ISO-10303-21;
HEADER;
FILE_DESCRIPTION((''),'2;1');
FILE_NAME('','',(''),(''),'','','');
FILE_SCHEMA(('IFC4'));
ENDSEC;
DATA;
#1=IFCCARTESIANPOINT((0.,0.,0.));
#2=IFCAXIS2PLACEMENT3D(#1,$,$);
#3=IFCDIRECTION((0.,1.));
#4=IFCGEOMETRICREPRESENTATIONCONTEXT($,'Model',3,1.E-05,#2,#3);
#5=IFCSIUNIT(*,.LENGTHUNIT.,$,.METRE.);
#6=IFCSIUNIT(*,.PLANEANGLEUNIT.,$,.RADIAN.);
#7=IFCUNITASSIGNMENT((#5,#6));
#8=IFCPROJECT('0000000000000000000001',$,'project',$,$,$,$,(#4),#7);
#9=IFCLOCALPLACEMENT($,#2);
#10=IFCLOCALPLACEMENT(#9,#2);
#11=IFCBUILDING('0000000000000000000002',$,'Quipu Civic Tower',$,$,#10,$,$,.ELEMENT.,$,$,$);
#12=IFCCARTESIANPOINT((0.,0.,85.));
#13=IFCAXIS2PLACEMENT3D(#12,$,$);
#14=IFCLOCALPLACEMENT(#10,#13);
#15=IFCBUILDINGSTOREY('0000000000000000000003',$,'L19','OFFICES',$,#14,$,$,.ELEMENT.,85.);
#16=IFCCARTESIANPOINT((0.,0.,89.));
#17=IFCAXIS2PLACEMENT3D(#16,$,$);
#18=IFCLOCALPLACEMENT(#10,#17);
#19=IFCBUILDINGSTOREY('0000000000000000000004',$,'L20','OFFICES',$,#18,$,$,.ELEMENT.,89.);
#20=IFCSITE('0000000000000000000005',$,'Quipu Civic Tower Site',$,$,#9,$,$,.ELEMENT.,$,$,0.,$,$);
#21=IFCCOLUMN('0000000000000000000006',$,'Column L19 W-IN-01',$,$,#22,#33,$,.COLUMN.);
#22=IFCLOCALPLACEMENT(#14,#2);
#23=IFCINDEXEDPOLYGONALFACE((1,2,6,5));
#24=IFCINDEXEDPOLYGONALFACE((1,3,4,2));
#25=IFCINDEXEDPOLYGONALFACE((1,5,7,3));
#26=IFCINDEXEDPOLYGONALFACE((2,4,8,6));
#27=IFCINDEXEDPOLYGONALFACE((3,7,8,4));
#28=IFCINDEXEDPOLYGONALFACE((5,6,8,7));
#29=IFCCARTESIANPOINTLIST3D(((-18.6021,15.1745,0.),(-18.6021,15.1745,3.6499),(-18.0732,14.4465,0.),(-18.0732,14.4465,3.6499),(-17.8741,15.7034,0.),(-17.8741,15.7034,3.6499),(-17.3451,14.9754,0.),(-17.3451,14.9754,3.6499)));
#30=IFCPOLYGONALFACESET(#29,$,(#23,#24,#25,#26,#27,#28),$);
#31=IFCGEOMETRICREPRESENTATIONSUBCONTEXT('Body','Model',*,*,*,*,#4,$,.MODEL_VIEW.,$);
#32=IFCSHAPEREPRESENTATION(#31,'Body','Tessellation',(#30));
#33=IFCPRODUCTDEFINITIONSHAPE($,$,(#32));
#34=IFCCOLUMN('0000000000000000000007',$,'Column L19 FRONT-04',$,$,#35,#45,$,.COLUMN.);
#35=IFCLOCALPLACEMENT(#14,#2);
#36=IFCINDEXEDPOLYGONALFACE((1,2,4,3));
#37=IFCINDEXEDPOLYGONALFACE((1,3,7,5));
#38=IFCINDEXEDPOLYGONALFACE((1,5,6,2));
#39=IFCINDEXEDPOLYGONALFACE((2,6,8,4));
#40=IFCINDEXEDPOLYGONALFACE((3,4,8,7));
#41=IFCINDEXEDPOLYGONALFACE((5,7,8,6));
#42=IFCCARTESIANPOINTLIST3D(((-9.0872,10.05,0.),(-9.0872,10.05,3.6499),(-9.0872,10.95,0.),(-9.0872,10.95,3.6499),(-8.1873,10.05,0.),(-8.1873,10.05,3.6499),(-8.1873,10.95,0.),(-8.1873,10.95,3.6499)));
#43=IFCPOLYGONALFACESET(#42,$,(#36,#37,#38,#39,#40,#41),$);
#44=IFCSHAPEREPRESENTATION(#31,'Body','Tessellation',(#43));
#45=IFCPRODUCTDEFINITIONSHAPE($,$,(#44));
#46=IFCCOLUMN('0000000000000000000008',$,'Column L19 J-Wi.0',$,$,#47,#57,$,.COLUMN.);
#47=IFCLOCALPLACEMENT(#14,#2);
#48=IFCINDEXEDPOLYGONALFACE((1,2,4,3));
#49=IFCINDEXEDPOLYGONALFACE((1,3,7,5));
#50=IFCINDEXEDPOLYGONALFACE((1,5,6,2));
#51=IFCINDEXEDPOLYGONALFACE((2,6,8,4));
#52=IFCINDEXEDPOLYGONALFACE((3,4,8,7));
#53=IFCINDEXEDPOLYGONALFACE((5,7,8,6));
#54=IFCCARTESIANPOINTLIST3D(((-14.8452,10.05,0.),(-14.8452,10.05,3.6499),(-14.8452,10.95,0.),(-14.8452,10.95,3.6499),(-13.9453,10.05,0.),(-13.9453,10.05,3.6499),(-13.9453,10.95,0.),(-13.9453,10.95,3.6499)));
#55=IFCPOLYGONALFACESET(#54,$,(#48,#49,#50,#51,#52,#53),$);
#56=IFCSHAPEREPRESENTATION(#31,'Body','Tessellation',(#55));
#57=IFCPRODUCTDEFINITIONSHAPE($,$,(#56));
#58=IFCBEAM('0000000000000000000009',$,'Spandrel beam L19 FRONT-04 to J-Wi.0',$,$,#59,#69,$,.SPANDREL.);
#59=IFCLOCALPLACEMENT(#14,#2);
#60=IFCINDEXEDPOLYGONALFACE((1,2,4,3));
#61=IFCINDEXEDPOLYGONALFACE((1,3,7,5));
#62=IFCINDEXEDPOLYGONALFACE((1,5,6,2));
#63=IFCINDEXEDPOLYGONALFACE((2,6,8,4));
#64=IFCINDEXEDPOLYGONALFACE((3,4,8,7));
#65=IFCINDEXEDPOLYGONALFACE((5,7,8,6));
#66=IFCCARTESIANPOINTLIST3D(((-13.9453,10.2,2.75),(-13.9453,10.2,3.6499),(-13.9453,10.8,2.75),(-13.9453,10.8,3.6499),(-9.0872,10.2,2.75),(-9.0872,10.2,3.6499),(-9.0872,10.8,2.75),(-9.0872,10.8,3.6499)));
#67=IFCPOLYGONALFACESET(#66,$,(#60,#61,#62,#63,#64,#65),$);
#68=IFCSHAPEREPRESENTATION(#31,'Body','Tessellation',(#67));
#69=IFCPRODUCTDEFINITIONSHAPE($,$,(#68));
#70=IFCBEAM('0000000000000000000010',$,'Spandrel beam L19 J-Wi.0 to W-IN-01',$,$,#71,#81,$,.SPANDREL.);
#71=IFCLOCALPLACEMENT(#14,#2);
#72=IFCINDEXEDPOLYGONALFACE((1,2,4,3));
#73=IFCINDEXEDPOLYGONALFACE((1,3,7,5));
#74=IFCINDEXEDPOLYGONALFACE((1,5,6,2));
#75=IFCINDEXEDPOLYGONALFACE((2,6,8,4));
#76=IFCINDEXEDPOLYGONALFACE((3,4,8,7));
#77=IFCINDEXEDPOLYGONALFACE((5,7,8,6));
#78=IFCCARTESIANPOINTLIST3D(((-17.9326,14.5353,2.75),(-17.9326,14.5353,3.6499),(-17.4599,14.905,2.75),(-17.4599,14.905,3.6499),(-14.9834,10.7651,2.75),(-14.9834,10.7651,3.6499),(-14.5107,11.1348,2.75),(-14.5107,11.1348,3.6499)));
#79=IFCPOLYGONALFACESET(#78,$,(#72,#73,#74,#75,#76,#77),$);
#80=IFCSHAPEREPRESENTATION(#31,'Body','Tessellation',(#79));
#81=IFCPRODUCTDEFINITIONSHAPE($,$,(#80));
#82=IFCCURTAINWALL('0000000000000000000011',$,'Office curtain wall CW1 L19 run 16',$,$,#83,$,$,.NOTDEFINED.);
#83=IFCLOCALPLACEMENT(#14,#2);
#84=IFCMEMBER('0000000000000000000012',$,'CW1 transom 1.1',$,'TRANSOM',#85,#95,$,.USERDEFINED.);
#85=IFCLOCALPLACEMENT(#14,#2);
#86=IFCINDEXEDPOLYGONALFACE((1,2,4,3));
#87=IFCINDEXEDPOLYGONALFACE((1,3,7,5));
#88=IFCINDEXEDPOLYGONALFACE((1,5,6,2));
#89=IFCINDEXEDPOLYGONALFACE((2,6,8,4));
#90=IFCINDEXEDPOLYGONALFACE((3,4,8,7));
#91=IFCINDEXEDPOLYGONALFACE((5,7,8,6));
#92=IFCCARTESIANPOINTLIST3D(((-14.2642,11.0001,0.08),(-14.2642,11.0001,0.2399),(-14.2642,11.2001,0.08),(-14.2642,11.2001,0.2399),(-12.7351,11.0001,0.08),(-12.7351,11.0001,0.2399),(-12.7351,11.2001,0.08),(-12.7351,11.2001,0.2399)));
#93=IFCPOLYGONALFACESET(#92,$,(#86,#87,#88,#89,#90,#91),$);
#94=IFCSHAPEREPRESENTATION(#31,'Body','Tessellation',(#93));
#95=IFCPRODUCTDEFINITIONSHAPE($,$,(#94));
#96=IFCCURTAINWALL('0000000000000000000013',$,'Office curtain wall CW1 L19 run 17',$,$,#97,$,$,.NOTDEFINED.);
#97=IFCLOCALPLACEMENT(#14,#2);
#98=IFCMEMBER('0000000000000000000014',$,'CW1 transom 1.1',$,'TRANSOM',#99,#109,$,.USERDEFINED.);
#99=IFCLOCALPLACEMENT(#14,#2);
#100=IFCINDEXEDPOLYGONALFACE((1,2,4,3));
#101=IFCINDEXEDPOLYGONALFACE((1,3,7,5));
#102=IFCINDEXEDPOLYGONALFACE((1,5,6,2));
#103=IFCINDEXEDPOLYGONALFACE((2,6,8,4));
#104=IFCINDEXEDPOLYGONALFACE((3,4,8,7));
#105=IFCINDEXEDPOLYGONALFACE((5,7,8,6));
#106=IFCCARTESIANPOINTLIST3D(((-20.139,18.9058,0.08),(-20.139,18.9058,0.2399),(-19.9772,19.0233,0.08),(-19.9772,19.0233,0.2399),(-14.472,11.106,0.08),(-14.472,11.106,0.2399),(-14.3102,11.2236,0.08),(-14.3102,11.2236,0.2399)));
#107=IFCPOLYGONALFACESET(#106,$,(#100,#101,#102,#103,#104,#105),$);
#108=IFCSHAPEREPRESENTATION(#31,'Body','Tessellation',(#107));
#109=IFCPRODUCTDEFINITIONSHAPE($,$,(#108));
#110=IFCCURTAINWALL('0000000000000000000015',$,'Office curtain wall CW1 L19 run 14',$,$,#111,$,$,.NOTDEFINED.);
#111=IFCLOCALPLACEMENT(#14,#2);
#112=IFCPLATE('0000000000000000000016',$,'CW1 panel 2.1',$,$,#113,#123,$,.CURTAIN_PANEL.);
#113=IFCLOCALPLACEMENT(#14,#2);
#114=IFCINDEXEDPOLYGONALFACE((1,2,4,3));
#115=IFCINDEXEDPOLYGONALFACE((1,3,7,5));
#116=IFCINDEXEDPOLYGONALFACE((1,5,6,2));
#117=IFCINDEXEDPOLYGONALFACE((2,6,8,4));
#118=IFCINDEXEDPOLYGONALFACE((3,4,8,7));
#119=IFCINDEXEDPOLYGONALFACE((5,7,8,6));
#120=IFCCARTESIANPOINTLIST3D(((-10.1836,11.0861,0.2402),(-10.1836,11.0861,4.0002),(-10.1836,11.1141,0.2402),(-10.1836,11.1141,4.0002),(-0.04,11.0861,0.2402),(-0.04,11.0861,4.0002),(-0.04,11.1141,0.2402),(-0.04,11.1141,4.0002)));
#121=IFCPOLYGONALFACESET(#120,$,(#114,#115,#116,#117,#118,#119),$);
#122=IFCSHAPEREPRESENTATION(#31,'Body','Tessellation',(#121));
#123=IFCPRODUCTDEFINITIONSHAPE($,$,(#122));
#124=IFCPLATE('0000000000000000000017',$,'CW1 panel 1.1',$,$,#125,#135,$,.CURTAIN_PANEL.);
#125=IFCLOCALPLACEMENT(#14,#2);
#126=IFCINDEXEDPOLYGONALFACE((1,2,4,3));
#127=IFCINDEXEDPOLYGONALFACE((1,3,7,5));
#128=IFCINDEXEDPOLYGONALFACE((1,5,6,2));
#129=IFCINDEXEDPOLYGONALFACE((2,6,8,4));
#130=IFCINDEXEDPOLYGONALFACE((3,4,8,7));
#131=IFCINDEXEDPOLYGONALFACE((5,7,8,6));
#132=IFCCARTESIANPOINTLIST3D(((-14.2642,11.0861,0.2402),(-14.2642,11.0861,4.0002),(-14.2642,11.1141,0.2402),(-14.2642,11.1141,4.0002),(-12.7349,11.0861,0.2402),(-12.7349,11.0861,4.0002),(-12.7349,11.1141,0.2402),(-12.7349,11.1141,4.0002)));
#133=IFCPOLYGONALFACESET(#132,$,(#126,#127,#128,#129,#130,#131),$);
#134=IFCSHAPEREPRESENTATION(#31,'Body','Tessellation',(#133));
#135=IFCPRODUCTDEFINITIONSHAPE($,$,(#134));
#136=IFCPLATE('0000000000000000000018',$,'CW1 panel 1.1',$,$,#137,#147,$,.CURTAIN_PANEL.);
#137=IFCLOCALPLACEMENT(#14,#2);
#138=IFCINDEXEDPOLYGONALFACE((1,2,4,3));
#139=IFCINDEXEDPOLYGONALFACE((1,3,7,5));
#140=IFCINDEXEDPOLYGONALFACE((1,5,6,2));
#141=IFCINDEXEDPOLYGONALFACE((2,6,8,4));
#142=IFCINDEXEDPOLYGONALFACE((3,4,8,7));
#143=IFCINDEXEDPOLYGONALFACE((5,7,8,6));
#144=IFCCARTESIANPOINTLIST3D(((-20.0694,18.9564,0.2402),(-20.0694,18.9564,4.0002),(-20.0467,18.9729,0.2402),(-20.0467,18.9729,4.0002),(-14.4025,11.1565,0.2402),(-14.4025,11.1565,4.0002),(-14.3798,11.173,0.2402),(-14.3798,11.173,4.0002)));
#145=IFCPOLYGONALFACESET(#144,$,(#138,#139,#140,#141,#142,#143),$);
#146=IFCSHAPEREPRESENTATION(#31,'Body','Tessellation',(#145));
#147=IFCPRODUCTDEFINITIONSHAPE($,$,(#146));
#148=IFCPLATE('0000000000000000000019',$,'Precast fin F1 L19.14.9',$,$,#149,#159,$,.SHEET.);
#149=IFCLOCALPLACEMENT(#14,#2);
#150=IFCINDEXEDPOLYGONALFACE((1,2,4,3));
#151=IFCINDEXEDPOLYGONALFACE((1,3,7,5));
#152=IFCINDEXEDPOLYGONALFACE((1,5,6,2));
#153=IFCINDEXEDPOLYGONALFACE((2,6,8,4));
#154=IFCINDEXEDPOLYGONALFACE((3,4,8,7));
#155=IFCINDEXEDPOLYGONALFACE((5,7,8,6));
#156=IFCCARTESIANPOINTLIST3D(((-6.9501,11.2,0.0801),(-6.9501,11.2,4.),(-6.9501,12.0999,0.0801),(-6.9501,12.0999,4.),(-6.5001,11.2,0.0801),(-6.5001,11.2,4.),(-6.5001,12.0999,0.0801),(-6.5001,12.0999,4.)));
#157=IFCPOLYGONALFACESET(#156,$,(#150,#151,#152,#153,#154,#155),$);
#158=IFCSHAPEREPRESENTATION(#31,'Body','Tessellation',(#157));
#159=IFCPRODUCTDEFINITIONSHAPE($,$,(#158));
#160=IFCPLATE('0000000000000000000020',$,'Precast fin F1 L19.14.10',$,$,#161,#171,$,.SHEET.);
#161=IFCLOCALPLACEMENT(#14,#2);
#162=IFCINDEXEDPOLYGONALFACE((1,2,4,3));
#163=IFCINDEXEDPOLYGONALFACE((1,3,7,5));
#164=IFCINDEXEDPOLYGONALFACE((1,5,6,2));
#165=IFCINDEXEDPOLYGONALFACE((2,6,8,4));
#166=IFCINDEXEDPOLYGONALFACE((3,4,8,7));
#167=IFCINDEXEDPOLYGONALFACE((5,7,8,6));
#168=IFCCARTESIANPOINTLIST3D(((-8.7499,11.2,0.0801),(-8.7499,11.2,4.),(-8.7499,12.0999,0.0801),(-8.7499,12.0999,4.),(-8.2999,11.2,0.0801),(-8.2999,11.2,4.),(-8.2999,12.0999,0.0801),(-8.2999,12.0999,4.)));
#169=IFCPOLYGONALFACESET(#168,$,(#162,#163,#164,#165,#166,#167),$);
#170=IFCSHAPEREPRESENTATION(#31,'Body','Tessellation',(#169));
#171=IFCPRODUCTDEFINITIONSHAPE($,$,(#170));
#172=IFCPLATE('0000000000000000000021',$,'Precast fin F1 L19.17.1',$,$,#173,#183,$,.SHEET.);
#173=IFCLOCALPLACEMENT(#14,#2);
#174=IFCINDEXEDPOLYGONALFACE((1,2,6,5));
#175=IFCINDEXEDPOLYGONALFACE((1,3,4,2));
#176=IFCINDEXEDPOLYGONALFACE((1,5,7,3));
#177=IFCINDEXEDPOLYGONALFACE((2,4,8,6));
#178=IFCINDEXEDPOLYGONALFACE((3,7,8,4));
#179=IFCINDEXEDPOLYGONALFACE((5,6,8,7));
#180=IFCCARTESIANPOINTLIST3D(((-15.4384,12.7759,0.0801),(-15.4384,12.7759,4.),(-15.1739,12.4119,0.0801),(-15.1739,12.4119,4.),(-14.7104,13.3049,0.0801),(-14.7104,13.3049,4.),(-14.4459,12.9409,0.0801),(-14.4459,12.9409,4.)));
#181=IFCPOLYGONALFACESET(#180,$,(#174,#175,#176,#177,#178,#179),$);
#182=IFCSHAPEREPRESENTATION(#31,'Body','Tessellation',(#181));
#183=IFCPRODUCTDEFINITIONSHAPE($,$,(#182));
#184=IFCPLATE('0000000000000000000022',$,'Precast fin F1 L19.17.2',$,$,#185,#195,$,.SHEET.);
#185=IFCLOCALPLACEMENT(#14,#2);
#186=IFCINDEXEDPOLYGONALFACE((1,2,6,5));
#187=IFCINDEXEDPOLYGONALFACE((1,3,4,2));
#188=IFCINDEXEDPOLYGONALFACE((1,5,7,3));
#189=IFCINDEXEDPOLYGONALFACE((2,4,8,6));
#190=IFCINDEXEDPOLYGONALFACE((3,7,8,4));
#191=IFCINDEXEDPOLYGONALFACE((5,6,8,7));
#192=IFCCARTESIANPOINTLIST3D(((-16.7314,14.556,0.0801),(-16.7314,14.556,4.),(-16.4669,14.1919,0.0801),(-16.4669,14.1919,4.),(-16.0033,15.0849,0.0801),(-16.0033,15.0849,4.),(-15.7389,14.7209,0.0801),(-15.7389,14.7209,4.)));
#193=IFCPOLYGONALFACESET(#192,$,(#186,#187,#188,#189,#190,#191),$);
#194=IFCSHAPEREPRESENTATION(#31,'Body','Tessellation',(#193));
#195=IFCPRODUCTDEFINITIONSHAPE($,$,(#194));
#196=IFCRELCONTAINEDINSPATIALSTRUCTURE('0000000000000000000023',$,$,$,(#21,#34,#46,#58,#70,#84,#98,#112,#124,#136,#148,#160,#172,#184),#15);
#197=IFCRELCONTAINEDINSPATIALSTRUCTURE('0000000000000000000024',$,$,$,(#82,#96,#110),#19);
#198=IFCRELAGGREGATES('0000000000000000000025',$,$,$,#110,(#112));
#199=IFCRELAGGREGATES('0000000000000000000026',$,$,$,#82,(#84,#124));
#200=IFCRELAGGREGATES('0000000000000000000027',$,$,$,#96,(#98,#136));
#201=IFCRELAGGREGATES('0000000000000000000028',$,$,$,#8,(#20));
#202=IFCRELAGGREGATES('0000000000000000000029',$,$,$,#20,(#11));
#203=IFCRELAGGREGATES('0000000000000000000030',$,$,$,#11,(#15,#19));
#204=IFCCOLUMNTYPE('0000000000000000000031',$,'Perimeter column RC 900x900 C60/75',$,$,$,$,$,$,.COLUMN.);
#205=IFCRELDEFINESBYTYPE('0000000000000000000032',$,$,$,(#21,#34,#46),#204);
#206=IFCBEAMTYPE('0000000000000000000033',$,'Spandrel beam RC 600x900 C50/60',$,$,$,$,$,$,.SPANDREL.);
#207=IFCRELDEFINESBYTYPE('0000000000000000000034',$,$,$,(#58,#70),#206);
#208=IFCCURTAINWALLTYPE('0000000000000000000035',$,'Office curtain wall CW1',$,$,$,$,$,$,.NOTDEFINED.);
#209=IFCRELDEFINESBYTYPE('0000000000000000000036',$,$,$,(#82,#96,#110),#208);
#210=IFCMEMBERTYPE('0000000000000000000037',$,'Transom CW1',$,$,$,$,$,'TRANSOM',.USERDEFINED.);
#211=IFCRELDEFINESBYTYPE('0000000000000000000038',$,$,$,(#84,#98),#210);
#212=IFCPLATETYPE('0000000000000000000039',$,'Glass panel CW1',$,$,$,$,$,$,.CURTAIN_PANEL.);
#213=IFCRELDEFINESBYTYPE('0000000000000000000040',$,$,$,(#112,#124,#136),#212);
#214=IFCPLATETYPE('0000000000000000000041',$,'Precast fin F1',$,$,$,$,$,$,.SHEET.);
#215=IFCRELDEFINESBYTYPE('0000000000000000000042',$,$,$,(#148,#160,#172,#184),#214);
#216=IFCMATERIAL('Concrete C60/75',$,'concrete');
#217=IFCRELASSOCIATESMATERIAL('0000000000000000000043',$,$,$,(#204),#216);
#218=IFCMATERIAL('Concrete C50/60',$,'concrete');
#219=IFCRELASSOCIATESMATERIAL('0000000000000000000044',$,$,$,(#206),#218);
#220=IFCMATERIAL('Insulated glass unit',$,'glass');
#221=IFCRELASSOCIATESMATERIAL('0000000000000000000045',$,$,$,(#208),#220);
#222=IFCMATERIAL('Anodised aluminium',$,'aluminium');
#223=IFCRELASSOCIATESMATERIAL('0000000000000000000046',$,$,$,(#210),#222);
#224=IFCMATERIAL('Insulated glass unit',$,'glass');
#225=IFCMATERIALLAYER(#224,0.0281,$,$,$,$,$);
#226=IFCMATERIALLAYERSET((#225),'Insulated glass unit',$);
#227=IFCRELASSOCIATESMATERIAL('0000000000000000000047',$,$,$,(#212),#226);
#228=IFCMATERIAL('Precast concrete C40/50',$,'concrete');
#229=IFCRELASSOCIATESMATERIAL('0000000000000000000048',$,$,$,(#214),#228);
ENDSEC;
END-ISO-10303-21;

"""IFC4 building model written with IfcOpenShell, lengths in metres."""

from ifc_helpers import new_model, si_unit, direction, frame, origin, origin_2d, place, context, subcontext, project, spatial, rectangle, extrude, material, layer, layer_set, material_profile, profile_set, type_object, element, aggregate, save


model = new_model("IFC4")

# Units and contexts
model_context = context("Model", 3, precision=1e-05, world=origin(), true_north=direction((0.0, 1.0)))
body_context = subcontext(model_context, "Body", "Model", "MODEL_VIEW")
ifc_project = project(units=[si_unit("LENGTHUNIT", "METRE"), si_unit("PLANEANGLEUNIT", "RADIAN")], contexts=[model_context])

# Site, building, storey
site_placement = place(None, origin())
site = spatial("IfcSite", under=ifc_project, at=site_placement, Name="Quipu Civic Tower Site", CompositionType="ELEMENT", RefElevation=0.0)
building_placement = place(site_placement, origin())
building = spatial("IfcBuilding", under=site, at=building_placement, Name="Quipu Civic Tower", CompositionType="ELEMENT")
storey_1_placement = place(building_placement, frame((0.0, 0.0, 85.0)))
storey_1 = spatial("IfcBuildingStorey", under=building, at=storey_1_placement, Name="L19", Description="OFFICES", CompositionType="ELEMENT", Elevation=85.0)

# Columns
ifc_material_1 = material(Name="Concrete C60/75", Category="concrete")
ifc_material_profile_1 = material_profile(ifc_material_1, rectangle(XDim=0.8999, YDim=0.8999, at=origin_2d()), Name="RC900x900")
ifc_profile_set_1 = profile_set([ifc_material_profile_1], Name="Concrete C60/75")
column_type = type_object("IfcColumnType", Name="Perimeter column RC 900x900 C60/75", PredefinedType="COLUMN", material=ifc_profile_set_1)
for number, where, z_axis, x_axis, name in (
    (1, (-17.9736, 15.075, 0.0), (0.0, 0.0, 1.0), (-0.587785, 0.809017, 0.0), "Column L19 W-IN-01"),
    (2, (-8.6372, 10.5, 0.0), (0.0, 0.0, 1.0), (-1.0, 0.0, 0.0), "Column L19 FRONT-04"),
    (3, (-14.3953, 10.5, 0.0), (0.0, 0.0, 1.0), (-1.0, 0.0, 0.0), "Column L19 J-Wi.0"),
):
    element("IfcColumn", number, at=place(storey_1_placement, frame(where, z_axis=z_axis, x_axis=x_axis)), inside=storey_1, type_object=column_type, Name=name, PredefinedType="COLUMN", context=body_context, shape_type="SweptSolid", body=[
        extrude(rectangle(XDim=0.8999, YDim=0.8999, at=origin_2d()), origin(), (0.0, 0.0, 1.0), 3.6499),
    ])

# Beams
ifc_material_2 = material(Name="Concrete C50/60", Category="concrete")
ifc_material_profile_2 = material_profile(ifc_material_2, rectangle(XDim=0.6001, YDim=0.8999, at=origin_2d()), Name="RC600x900")
ifc_profile_set_2 = profile_set([ifc_material_profile_2], Name="Concrete C50/60")
beam_type = type_object("IfcBeamType", Name="Spandrel beam RC 600x900 C50/60", PredefinedType="SPANDREL", material=ifc_profile_set_2)
beam_1_placement = place(storey_1_placement, frame((-9.0872, 10.5, 3.2), z_axis=(-1.0, 0.0, 0.0), x_axis=(0.0, -1.0, 0.0)))
element("IfcBeam", 4, at=beam_1_placement, inside=storey_1, type_object=beam_type, Name="Spandrel beam L19 FRONT-04 to J-Wi.0", PredefinedType="SPANDREL", context=body_context, shape_type="SweptSolid", body=[
    extrude(rectangle(XDim=0.6001, YDim=0.8999, at=origin_2d()), origin(), (0.0, 0.0, 1.0), 4.8582),
])
beam_2_placement = place(storey_1_placement, frame((-14.7471, 10.95, 3.2), z_axis=(-0.616124, 0.787649, 0.0), x_axis=(-0.787649, -0.616124, 0.0)))
element("IfcBeam", 5, at=beam_2_placement, inside=storey_1, type_object=beam_type, Name="Spandrel beam L19 J-Wi.0 to W-IN-01", PredefinedType="SPANDREL", context=body_context, shape_type="SweptSolid", body=[
    extrude(rectangle(XDim=0.6001, YDim=0.8999, at=origin_2d()), origin(), (0.0, 0.0, 1.0), 4.7866),
])

# Shared definitions
storey_2_placement = place(building_placement, frame((0.0, 0.0, 89.0)))
storey_2 = spatial("IfcBuildingStorey", under=building, at=storey_2_placement, Name="L20", Description="OFFICES", CompositionType="ELEMENT", Elevation=89.0)

# Curtain walls, members
ifc_material_3 = material(Name="Insulated glass unit", Category="glass")
curtain_wall_type = type_object("IfcCurtainWallType", Name="Office curtain wall CW1", PredefinedType="NOTDEFINED", material=ifc_material_3)
curtain_wall_1_placement = place(storey_2_placement, origin())
curtain_wall_1 = element("IfcCurtainWall", 6, at=curtain_wall_1_placement, inside=storey_2, type_object=curtain_wall_type, Name="Office curtain wall CW1 L19 run 16", PredefinedType="NOTDEFINED")
ifc_material_4 = material(Name="Anodised aluminium", Category="aluminium")
ifc_material_profile_3 = material_profile(ifc_material_4, rectangle(XDim=0.2, YDim=0.1599, at=origin_2d()), Name="RECT 200x160")
ifc_profile_set_3 = profile_set([ifc_material_profile_3], Name="Anodised aluminium")
member_type = type_object("IfcMemberType", Name="Transom CW1", ElementType="TRANSOM", PredefinedType="USERDEFINED", material=ifc_profile_set_3)
member_1_placement = place(storey_1_placement, frame((-12.7351, 11.1001, 0.1599), z_axis=(-1.0, 0.0, 0.0), x_axis=(0.0, -1.0, 0.0)))
member_1 = element("IfcMember", 7, at=member_1_placement, inside=storey_1, type_object=member_type, Name="CW1 transom 1.1", ObjectType="TRANSOM", PredefinedType="USERDEFINED", context=body_context, shape_type="SweptSolid", body=[
    extrude(rectangle(XDim=0.2, YDim=0.1599, at=origin_2d()), origin(), (0.0, 0.0, 1.0), 1.5291),
])
curtain_wall_2_placement = place(storey_2_placement, origin())
curtain_wall_2 = element("IfcCurtainWall", 8, at=curtain_wall_2_placement, inside=storey_2, type_object=curtain_wall_type, Name="Office curtain wall CW1 L19 run 17", PredefinedType="NOTDEFINED")
member_2_placement = place(storey_1_placement, frame((-14.3911, 11.1648, 0.1599), z_axis=(-0.587792, 0.809012, 0.0), x_axis=(-0.809012, -0.587792, 0.0)))
member_2 = element("IfcMember", 9, at=member_2_placement, inside=storey_1, type_object=member_type, Name="CW1 transom 1.1", ObjectType="TRANSOM", PredefinedType="USERDEFINED", context=body_context, shape_type="SweptSolid", body=[
    extrude(rectangle(XDim=0.2, YDim=0.1599, at=origin_2d()), origin(), (0.0, 0.0, 1.0), 9.6411),
])

# Curtain wall, plate
curtain_wall_3_placement = place(storey_2_placement, origin())
curtain_wall_3 = element("IfcCurtainWall", 10, at=curtain_wall_3_placement, inside=storey_2, type_object=curtain_wall_type, Name="Office curtain wall CW1 L19 run 14", PredefinedType="NOTDEFINED")
ifc_material_5 = material(Name="Insulated glass unit", Category="glass")
ifc_layer_1 = layer(ifc_material_5, 0.0281)
ifc_layer_set_1 = layer_set([ifc_layer_1], Name="Insulated glass unit")
plate_type_1 = type_object("IfcPlateType", Name="Glass panel CW1", PredefinedType="CURTAIN_PANEL", material=ifc_layer_set_1)
plate_1_placement = place(storey_1_placement, frame((-5.1118, 11.1001, 0.2402), z_axis=(0.0, 0.0, 1.0), x_axis=(-1.0, 0.0, 0.0)))
plate_1 = element("IfcPlate", 11, at=plate_1_placement, inside=storey_1, type_object=plate_type_1, Name="CW1 panel 2.1", PredefinedType="CURTAIN_PANEL", context=body_context, shape_type="SweptSolid", body=[
    extrude(rectangle(XDim=10.1436, YDim=0.0281, at=origin_2d()), origin(), (0.0, 0.0, 1.0), 3.76),
])
aggregate(curtain_wall_3, [plate_1])

# Plates
plate_2_placement = place(storey_1_placement, frame((-13.4995, 11.1001, 0.2402), z_axis=(0.0, 0.0, 1.0), x_axis=(-1.0, 0.0, 0.0)))
plate_2 = element("IfcPlate", 12, at=plate_2_placement, inside=storey_1, type_object=plate_type_1, Name="CW1 panel 1.1", PredefinedType="CURTAIN_PANEL", context=body_context, shape_type="SweptSolid", body=[
    extrude(rectangle(XDim=1.5293, YDim=0.0281, at=origin_2d()), origin(), (0.0, 0.0, 1.0), 3.76),
])
aggregate(curtain_wall_1, [member_1, plate_2])
plate_3_placement = place(storey_1_placement, frame((-17.2246, 15.0647, 0.2402), z_axis=(0.0, 0.0, 1.0), x_axis=(-0.587786, 0.809017, 0.0)))
plate_3 = element("IfcPlate", 13, at=plate_3_placement, inside=storey_1, type_object=plate_type_1, Name="CW1 panel 1.1", PredefinedType="CURTAIN_PANEL", context=body_context, shape_type="SweptSolid", body=[
    extrude(rectangle(XDim=9.6411, YDim=0.0281, at=origin_2d()), origin(), (0.0, 0.0, 1.0), 3.76),
])
aggregate(curtain_wall_2, [member_2, plate_3])

# Plates
ifc_material_6 = material(Name="Precast concrete C40/50", Category="concrete")
plate_type_2 = type_object("IfcPlateType", Name="Precast fin F1", PredefinedType="SHEET", material=ifc_material_6)
for number, where, z_axis, x_axis, name in (
    (14, (-6.7251, 11.6499, 0.0801), (0.0, 0.0, 1.0), (-1.0, 0.0, 0.0), "Precast fin F1 L19.14.9"),
    (15, (-8.5249, 11.6499, 0.0801), (0.0, 0.0, 1.0), (-1.0, 0.0, 0.0), "Precast fin F1 L19.14.10"),
    (16, (-14.9421, 12.8584, 0.0801), (0.0, 0.0, 1.0), (-0.587785, 0.809017, 0.0), "Precast fin F1 L19.17.1"),
    (17, (-16.2351, 14.6384, 0.0801), (0.0, 0.0, 1.0), (-0.587785, 0.809017, 0.0), "Precast fin F1 L19.17.2"),
):
    element("IfcPlate", number, at=place(storey_1_placement, frame(where, z_axis=z_axis, x_axis=x_axis)), inside=storey_1, type_object=plate_type_2, Name=name, PredefinedType="SHEET", context=body_context, shape_type="SweptSolid", body=[
        extrude(rectangle(XDim=0.45, YDim=0.8999, at=origin_2d()), origin(), (0.0, 0.0, 1.0), 3.9199),
    ])

save(model, "model.ifc")
